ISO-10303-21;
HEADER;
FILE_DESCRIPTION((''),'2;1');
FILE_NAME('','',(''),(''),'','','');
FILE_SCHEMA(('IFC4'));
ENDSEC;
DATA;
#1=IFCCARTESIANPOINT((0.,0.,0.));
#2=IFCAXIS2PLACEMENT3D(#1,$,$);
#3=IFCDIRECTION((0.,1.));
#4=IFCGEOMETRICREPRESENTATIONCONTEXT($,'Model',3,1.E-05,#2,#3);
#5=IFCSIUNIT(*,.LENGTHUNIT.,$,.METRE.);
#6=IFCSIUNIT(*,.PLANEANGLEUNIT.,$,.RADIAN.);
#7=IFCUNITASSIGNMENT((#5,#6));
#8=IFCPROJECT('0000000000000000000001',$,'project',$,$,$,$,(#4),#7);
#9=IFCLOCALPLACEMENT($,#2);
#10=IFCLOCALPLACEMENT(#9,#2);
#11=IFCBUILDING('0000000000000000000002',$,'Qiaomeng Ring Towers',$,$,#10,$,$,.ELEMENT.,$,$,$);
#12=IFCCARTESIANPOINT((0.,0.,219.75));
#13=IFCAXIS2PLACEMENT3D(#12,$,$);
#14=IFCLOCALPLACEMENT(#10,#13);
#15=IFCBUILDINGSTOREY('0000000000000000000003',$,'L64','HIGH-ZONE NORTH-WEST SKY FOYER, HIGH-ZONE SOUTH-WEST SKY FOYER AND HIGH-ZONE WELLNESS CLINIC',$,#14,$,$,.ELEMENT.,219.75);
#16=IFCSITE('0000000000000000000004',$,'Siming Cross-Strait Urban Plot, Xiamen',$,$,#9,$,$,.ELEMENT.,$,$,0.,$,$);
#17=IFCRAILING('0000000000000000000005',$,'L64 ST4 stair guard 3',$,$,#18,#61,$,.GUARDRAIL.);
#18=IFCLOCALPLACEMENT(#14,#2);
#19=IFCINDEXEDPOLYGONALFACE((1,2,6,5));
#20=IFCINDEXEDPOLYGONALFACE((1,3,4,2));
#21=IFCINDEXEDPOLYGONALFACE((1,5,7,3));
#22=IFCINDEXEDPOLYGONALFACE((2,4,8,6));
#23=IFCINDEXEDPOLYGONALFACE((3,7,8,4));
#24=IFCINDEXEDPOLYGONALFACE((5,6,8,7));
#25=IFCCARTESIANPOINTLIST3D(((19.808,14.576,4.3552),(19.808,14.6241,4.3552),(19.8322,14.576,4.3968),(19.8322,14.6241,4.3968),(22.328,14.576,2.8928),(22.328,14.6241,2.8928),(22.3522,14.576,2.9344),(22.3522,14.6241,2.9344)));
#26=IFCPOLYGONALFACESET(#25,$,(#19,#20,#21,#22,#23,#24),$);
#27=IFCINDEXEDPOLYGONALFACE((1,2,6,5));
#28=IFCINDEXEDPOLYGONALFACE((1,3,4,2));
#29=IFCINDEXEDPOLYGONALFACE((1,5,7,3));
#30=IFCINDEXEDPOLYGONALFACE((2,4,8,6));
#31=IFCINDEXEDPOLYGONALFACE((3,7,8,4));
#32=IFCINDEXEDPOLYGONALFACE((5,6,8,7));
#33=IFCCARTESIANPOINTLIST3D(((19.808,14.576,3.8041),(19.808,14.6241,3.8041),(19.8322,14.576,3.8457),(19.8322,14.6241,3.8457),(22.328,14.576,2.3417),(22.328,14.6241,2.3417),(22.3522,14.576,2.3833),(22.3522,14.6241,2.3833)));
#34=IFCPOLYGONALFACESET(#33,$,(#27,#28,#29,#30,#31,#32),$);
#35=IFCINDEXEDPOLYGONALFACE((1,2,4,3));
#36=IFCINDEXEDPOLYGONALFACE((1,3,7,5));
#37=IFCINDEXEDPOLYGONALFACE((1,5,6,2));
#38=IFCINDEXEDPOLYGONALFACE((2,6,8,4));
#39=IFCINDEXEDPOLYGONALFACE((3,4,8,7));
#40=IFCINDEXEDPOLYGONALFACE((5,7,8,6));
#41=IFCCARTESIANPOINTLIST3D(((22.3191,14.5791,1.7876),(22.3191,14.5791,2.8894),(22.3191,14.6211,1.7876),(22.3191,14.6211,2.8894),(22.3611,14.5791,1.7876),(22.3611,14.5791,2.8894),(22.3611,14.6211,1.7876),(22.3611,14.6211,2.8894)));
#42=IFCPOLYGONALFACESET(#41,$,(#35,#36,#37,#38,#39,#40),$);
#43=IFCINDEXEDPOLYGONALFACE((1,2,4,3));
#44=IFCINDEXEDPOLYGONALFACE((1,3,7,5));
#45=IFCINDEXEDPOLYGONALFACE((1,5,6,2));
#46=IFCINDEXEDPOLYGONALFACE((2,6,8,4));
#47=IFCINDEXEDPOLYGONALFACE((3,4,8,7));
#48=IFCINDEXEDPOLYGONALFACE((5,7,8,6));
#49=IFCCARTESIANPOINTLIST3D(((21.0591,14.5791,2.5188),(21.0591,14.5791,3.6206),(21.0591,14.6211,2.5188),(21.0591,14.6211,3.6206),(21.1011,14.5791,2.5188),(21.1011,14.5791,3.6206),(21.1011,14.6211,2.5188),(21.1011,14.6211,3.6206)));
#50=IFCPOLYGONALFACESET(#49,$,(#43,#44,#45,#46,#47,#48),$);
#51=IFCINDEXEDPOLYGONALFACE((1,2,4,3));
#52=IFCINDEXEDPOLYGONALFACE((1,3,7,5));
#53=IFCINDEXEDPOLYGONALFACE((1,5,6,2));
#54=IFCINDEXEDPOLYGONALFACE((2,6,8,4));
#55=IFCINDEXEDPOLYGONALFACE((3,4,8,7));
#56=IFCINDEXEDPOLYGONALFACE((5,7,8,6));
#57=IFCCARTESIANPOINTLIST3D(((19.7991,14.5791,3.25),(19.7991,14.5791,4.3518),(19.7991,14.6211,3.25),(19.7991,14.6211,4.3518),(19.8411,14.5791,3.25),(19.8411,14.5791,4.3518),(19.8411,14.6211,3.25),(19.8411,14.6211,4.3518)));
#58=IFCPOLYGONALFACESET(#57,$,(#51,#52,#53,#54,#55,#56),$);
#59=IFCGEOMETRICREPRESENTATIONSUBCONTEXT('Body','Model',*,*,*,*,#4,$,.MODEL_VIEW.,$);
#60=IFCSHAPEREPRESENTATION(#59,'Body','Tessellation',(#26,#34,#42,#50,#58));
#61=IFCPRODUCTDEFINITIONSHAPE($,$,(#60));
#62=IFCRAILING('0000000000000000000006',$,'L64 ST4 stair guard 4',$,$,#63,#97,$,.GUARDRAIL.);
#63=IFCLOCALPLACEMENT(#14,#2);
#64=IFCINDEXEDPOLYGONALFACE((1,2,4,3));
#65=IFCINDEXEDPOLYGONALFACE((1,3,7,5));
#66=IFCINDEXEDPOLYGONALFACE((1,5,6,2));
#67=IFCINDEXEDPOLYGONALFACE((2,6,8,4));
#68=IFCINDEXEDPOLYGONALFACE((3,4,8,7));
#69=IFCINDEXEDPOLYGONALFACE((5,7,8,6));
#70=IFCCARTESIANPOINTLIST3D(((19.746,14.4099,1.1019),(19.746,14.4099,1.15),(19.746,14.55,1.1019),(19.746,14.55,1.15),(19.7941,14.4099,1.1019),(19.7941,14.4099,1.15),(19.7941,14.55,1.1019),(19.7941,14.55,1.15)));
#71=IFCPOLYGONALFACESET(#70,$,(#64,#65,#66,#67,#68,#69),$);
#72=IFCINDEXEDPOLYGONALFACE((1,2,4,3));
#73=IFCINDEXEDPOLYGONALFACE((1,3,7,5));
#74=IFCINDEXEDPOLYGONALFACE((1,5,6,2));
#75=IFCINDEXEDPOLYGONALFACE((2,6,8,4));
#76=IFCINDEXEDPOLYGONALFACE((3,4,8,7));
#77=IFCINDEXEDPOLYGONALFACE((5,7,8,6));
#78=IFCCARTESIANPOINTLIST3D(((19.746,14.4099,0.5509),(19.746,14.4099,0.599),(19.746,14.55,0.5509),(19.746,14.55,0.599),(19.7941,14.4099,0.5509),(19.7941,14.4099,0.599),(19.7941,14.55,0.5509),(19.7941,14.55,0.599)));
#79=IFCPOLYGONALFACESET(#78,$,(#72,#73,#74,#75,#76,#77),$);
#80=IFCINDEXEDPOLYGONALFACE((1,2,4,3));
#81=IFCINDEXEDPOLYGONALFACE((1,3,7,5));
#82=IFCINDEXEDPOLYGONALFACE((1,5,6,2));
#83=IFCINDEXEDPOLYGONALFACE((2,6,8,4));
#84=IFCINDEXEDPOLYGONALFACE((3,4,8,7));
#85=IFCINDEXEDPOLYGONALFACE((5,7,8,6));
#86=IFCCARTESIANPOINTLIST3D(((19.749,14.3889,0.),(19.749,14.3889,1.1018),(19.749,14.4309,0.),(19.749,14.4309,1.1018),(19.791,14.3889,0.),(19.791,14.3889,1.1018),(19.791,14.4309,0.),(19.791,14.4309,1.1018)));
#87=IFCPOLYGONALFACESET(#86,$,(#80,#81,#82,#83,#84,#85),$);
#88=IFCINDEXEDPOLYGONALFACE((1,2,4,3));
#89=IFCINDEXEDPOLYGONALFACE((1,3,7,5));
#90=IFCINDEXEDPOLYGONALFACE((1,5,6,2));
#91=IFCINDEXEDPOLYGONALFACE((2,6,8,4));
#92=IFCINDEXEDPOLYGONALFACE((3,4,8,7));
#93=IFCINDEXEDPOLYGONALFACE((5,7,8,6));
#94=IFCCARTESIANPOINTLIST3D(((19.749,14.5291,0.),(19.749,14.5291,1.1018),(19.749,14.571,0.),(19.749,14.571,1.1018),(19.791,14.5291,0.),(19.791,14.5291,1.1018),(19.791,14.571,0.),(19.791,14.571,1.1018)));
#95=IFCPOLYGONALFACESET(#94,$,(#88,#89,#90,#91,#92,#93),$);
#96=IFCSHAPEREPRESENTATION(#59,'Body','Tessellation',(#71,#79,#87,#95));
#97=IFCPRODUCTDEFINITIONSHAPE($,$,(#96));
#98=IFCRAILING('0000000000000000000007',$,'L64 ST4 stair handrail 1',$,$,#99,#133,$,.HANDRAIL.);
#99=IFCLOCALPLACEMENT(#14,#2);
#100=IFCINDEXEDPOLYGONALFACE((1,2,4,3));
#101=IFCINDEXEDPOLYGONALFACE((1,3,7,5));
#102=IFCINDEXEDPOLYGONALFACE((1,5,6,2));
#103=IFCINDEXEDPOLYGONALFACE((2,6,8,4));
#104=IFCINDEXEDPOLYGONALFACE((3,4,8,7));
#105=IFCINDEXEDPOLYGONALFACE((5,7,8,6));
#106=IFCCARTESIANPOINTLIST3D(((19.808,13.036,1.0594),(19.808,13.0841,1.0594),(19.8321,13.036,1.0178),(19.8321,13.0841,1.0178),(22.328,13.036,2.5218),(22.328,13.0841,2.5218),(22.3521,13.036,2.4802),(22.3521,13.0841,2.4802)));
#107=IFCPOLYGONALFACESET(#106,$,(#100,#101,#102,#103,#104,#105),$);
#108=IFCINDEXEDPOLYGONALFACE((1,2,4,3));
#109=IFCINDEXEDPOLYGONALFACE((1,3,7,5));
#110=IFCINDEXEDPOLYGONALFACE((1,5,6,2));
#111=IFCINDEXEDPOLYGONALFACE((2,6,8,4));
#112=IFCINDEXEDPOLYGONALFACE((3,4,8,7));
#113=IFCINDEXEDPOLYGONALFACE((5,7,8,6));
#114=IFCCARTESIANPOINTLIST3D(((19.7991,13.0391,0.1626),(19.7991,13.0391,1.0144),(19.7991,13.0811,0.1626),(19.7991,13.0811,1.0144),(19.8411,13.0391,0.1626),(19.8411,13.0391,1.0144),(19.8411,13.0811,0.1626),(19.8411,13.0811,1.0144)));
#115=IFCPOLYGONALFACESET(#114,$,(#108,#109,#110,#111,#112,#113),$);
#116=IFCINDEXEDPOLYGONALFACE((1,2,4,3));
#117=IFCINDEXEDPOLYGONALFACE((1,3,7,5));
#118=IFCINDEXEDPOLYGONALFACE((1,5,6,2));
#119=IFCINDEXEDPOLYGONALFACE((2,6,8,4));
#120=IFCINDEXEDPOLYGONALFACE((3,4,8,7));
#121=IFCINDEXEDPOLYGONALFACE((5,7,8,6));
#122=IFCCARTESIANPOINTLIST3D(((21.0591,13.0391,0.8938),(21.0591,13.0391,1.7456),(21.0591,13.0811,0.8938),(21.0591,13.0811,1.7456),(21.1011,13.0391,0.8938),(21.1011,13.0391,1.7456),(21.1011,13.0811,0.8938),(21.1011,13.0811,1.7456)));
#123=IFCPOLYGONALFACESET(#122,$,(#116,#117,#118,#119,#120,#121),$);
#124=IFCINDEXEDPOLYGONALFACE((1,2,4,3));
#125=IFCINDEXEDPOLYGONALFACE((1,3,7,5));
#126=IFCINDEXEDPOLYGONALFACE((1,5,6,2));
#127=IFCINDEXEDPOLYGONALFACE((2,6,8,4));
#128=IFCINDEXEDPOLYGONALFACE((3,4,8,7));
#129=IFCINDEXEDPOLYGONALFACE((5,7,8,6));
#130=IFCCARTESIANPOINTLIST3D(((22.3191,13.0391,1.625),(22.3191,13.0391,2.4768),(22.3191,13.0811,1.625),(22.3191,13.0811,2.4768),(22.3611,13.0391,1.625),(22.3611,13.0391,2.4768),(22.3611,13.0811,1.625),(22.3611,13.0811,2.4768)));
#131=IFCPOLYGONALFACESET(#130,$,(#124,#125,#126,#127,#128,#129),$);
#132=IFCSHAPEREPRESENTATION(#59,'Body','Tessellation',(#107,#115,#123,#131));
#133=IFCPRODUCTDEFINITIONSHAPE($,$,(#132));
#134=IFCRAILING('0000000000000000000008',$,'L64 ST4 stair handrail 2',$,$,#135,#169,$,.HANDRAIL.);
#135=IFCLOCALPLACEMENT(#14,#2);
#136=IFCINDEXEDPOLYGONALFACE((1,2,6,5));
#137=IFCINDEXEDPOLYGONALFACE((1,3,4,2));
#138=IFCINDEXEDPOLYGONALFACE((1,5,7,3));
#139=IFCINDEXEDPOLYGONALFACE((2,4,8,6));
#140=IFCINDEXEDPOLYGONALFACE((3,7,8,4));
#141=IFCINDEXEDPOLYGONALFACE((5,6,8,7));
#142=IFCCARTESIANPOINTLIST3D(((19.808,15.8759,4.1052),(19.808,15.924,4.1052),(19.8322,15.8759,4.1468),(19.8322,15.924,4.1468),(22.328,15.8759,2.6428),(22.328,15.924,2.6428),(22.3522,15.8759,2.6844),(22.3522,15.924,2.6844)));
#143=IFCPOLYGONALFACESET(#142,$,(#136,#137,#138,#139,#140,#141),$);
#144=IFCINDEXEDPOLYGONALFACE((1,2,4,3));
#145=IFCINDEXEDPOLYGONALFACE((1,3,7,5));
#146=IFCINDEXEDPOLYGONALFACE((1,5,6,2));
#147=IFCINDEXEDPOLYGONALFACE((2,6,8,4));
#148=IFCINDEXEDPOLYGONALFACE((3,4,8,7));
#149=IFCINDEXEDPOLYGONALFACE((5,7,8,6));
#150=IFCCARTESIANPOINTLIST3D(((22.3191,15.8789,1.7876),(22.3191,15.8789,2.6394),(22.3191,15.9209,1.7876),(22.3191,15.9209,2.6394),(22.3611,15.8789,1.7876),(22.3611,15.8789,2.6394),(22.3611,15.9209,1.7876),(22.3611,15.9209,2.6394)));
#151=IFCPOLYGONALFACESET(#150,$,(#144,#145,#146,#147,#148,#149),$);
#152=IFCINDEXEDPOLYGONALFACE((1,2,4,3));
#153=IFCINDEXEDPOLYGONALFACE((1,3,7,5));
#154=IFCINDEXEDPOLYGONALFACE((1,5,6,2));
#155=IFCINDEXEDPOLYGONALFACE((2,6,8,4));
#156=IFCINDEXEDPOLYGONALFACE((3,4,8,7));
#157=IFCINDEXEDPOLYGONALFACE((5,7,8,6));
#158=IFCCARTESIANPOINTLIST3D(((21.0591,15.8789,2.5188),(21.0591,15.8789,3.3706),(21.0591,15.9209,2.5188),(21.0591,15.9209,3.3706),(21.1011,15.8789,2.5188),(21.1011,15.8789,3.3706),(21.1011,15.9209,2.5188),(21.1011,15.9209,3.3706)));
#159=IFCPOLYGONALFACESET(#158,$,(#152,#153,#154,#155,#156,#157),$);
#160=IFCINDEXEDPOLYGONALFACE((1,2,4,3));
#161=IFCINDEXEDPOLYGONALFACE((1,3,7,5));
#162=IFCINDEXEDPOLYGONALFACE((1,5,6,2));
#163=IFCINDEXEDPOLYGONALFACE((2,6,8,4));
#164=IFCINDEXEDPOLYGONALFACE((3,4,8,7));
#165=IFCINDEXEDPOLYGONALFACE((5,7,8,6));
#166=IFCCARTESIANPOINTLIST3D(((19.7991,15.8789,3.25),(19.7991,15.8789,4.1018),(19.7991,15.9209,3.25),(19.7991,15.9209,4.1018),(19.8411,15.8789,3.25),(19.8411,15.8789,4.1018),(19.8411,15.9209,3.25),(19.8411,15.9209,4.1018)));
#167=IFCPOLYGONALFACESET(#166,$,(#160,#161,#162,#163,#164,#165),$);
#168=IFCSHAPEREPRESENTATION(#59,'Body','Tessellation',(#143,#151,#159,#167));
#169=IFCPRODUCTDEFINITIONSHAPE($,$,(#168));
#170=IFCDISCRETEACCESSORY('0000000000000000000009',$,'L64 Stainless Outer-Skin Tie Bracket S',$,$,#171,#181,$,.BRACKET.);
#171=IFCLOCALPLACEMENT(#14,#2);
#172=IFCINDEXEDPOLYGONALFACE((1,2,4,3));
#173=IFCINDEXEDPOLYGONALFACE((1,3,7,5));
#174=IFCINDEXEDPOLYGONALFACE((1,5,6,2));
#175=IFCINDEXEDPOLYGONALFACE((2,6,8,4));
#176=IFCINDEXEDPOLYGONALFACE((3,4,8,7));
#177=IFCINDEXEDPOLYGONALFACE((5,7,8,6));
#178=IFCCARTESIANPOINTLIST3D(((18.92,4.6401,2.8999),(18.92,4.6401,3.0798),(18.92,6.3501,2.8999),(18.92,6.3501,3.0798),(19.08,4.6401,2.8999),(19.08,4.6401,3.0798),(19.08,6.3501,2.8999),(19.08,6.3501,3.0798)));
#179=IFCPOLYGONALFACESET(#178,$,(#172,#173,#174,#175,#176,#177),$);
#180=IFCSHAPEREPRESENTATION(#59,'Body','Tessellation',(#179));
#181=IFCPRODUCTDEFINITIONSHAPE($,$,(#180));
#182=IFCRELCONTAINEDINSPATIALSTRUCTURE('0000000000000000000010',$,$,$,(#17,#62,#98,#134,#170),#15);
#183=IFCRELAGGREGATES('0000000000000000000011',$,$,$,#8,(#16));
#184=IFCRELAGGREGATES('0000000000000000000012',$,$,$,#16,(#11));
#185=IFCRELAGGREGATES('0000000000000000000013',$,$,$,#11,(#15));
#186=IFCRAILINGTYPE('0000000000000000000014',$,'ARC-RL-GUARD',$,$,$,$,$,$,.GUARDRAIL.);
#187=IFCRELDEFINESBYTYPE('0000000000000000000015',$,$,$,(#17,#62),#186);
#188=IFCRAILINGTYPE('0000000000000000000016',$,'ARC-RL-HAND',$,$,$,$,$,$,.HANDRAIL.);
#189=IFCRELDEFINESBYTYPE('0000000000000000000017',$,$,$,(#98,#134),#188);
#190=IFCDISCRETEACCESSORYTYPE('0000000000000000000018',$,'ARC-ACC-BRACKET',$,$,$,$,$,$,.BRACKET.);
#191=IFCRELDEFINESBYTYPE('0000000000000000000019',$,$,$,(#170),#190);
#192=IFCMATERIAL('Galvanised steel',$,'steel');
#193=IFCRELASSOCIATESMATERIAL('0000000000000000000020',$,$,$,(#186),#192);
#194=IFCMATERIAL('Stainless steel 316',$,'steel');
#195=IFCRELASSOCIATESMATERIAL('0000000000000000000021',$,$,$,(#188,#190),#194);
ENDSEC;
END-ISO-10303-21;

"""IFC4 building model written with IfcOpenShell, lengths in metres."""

from ifc_helpers import new_model, si_unit, direction, frame, origin, origin_2d, place, context, subcontext, project, spatial, rectangle, extrude, source, transform, mapped, material, type_object, element, save


model = new_model("IFC4")

# Units and contexts
model_context = context("Model", 3, precision=1e-05, world=origin(), true_north=direction((0.0, 1.0)))
body_context = subcontext(model_context, "Body", "Model", "MODEL_VIEW")
ifc_project = project(units=[si_unit("LENGTHUNIT", "METRE"), si_unit("PLANEANGLEUNIT", "RADIAN")], contexts=[model_context])

# Site, building, storey
site_placement = place(None, origin())
site = spatial("IfcSite", under=ifc_project, at=site_placement, Name="Siming Cross-Strait Urban Plot, Xiamen", CompositionType="ELEMENT", RefElevation=0.0)
building_placement = place(site_placement, origin())
building = spatial("IfcBuilding", under=site, at=building_placement, Name="Qiaomeng Ring Towers", CompositionType="ELEMENT")
storey_placement = place(building_placement, frame((0.0, 0.0, 219.75)))
storey = spatial("IfcBuildingStorey", under=building, at=storey_placement, Name="L64", Description="HIGH-ZONE NORTH-WEST SKY FOYER, HIGH-ZONE SOUTH-WEST SKY FOYER AND HIGH-ZONE WELLNESS CLINIC", CompositionType="ELEMENT", Elevation=219.75)

# Shared definitions
ifc_material_1 = material(Name="Galvanised steel", Category="steel")

# Railings
railing_type_1 = type_object("IfcRailingType", Name="ARC-RL-GUARD", PredefinedType="GUARDRAIL", material=ifc_material_1)
railing_1_placement = place(storey_placement, frame((22.3401, 14.6001, 1.7876)))
element("IfcRailing", 1, at=railing_1_placement, inside=storey, type_object=railing_type_1, Name="L64 ST4 stair guard 3", PredefinedType="GUARDRAIL", context=body_context, shape_type="SweptSolid", body=[
    extrude(rectangle(XDim=0.0481, YDim=0.0481, at=origin_2d()), frame((0.0, 0.0, 1.126), z_axis=(-0.864913, 0.0, 0.501921), x_axis=(0.0, -1.0, 0.0)), (0.0, 0.0, 1.0), 2.9136),
    extrude(rectangle(XDim=0.0481, YDim=0.0481, at=origin_2d()), frame((0.0, 0.0, 0.575), z_axis=(-0.864913, 0.0, 0.501921), x_axis=(0.0, -1.0, 0.0)), (0.0, 0.0, 1.0), 2.9136),
    extrude(rectangle(XDim=0.042, YDim=0.042, at=origin_2d()), origin(), (0.0, 0.0, 1.0), 1.1018),
    extrude(rectangle(XDim=0.042, YDim=0.042, at=origin_2d()), frame((-1.26, 0.0, 0.7312)), (0.0, 0.0, 1.0), 1.1018),
    extrude(rectangle(XDim=0.042, YDim=0.042, at=origin_2d()), frame((-2.52, 0.0, 1.4624)), (0.0, 0.0, 1.0), 1.1018),
])
railing_2_placement = place(storey_placement, frame((19.77, 14.4099, 0.0)))
element("IfcRailing", 2, at=railing_2_placement, inside=storey, type_object=railing_type_1, Name="L64 ST4 stair guard 4", PredefinedType="GUARDRAIL", context=body_context, shape_type="SweptSolid", body=[
    extrude(rectangle(XDim=0.0481, YDim=0.0481, at=origin_2d()), frame((0.0, 0.0, 1.126), z_axis=(0.0, 1.0, 0.0), x_axis=(-1.0, 0.0, 0.0)), (0.0, 0.0, 1.0), 0.1401),
    extrude(rectangle(XDim=0.0481, YDim=0.0481, at=origin_2d()), frame((0.0, 0.0, 0.575), z_axis=(0.0, 1.0, 0.0), x_axis=(-1.0, 0.0, 0.0)), (0.0, 0.0, 1.0), 0.1401),
    extrude(rectangle(XDim=0.042, YDim=0.042, at=origin_2d()), origin(), (0.0, 0.0, 1.0), 1.1018),
    extrude(rectangle(XDim=0.042, YDim=0.042, at=origin_2d()), frame((0.0, 0.1401, 0.0)), (0.0, 0.0, 1.0), 1.1018),
])
ifc_material_2 = material(Name="Stainless steel 316", Category="steel")
railing_type_2 = type_object("IfcRailingType", Name="ARC-RL-HAND", PredefinedType="HANDRAIL", material=ifc_material_2)
railing_3_placement = place(storey_placement, frame((19.8201, 13.0601, 0.1626)))
element("IfcRailing", 3, at=railing_3_placement, inside=storey, type_object=railing_type_2, Name="L64 ST4 stair handrail 1", PredefinedType="HANDRAIL", context=body_context, shape_type="SweptSolid", body=[
    extrude(rectangle(XDim=0.0481, YDim=0.0481, at=origin_2d()), frame((0.0, 0.0, 0.876), z_axis=(0.864913, 0.0, 0.501921), x_axis=(0.0, 1.0, 0.0)), (0.0, 0.0, 1.0), 2.9136),
    extrude(rectangle(XDim=0.042, YDim=0.042, at=origin_2d()), origin(), (0.0, 0.0, 1.0), 0.8518),
    extrude(rectangle(XDim=0.042, YDim=0.042, at=origin_2d()), frame((1.26, 0.0, 0.7312)), (0.0, 0.0, 1.0), 0.8518),
    extrude(rectangle(XDim=0.042, YDim=0.042, at=origin_2d()), frame((2.52, 0.0, 1.4624)), (0.0, 0.0, 1.0), 0.8518),
])
railing_4_placement = place(storey_placement, frame((22.3401, 15.8999, 1.7876)))
element("IfcRailing", 4, at=railing_4_placement, inside=storey, type_object=railing_type_2, Name="L64 ST4 stair handrail 2", PredefinedType="HANDRAIL", context=body_context, shape_type="SweptSolid", body=[
    extrude(rectangle(XDim=0.0481, YDim=0.0481, at=origin_2d()), frame((0.0, 0.0, 0.876), z_axis=(-0.864913, 0.0, 0.501921), x_axis=(0.0, -1.0, 0.0)), (0.0, 0.0, 1.0), 2.9136),
    extrude(rectangle(XDim=0.042, YDim=0.042, at=origin_2d()), origin(), (0.0, 0.0, 1.0), 0.8518),
    extrude(rectangle(XDim=0.042, YDim=0.042, at=origin_2d()), frame((-1.26, 0.0, 0.7312)), (0.0, 0.0, 1.0), 0.8518),
    extrude(rectangle(XDim=0.042, YDim=0.042, at=origin_2d()), frame((-2.52, 0.0, 1.4624)), (0.0, 0.0, 1.0), 0.8518),
])

# Discrete accessory
discrete_accessory_type = type_object("IfcDiscreteAccessoryType", Name="ARC-ACC-BRACKET", PredefinedType="BRACKET", material=ifc_material_2)
shared_shape_1 = source(origin(), body_context, "Body", "SweptSolid", [
    extrude(rectangle(XDim=0.1599, YDim=1.71, at=origin_2d()), origin(), (0.0, 0.0, 1.0), 0.1799),
])
discrete_accessory_placement = place(storey_placement, frame((19.0, 5.4951, 2.8999), z_axis=(0.0, 0.0, 1.0), x_axis=(1.0, 0.0, 0.0)))
element("IfcDiscreteAccessory", 5, at=discrete_accessory_placement, inside=storey, type_object=discrete_accessory_type, Name="L64 Stainless Outer-Skin Tie Bracket S", PredefinedType="BRACKET", context=body_context, shape_type="MappedRepresentation", body=[
    mapped(shared_shape_1, transform((0.0, 0.0, 0.0), x_axis=(1.0, 0.0, 0.0), y_axis=(0.0, 1.0, 0.0), z_axis=(0.0, 0.0, 1.0), scale=1.0)),
])

save(model, "model.ifc")
